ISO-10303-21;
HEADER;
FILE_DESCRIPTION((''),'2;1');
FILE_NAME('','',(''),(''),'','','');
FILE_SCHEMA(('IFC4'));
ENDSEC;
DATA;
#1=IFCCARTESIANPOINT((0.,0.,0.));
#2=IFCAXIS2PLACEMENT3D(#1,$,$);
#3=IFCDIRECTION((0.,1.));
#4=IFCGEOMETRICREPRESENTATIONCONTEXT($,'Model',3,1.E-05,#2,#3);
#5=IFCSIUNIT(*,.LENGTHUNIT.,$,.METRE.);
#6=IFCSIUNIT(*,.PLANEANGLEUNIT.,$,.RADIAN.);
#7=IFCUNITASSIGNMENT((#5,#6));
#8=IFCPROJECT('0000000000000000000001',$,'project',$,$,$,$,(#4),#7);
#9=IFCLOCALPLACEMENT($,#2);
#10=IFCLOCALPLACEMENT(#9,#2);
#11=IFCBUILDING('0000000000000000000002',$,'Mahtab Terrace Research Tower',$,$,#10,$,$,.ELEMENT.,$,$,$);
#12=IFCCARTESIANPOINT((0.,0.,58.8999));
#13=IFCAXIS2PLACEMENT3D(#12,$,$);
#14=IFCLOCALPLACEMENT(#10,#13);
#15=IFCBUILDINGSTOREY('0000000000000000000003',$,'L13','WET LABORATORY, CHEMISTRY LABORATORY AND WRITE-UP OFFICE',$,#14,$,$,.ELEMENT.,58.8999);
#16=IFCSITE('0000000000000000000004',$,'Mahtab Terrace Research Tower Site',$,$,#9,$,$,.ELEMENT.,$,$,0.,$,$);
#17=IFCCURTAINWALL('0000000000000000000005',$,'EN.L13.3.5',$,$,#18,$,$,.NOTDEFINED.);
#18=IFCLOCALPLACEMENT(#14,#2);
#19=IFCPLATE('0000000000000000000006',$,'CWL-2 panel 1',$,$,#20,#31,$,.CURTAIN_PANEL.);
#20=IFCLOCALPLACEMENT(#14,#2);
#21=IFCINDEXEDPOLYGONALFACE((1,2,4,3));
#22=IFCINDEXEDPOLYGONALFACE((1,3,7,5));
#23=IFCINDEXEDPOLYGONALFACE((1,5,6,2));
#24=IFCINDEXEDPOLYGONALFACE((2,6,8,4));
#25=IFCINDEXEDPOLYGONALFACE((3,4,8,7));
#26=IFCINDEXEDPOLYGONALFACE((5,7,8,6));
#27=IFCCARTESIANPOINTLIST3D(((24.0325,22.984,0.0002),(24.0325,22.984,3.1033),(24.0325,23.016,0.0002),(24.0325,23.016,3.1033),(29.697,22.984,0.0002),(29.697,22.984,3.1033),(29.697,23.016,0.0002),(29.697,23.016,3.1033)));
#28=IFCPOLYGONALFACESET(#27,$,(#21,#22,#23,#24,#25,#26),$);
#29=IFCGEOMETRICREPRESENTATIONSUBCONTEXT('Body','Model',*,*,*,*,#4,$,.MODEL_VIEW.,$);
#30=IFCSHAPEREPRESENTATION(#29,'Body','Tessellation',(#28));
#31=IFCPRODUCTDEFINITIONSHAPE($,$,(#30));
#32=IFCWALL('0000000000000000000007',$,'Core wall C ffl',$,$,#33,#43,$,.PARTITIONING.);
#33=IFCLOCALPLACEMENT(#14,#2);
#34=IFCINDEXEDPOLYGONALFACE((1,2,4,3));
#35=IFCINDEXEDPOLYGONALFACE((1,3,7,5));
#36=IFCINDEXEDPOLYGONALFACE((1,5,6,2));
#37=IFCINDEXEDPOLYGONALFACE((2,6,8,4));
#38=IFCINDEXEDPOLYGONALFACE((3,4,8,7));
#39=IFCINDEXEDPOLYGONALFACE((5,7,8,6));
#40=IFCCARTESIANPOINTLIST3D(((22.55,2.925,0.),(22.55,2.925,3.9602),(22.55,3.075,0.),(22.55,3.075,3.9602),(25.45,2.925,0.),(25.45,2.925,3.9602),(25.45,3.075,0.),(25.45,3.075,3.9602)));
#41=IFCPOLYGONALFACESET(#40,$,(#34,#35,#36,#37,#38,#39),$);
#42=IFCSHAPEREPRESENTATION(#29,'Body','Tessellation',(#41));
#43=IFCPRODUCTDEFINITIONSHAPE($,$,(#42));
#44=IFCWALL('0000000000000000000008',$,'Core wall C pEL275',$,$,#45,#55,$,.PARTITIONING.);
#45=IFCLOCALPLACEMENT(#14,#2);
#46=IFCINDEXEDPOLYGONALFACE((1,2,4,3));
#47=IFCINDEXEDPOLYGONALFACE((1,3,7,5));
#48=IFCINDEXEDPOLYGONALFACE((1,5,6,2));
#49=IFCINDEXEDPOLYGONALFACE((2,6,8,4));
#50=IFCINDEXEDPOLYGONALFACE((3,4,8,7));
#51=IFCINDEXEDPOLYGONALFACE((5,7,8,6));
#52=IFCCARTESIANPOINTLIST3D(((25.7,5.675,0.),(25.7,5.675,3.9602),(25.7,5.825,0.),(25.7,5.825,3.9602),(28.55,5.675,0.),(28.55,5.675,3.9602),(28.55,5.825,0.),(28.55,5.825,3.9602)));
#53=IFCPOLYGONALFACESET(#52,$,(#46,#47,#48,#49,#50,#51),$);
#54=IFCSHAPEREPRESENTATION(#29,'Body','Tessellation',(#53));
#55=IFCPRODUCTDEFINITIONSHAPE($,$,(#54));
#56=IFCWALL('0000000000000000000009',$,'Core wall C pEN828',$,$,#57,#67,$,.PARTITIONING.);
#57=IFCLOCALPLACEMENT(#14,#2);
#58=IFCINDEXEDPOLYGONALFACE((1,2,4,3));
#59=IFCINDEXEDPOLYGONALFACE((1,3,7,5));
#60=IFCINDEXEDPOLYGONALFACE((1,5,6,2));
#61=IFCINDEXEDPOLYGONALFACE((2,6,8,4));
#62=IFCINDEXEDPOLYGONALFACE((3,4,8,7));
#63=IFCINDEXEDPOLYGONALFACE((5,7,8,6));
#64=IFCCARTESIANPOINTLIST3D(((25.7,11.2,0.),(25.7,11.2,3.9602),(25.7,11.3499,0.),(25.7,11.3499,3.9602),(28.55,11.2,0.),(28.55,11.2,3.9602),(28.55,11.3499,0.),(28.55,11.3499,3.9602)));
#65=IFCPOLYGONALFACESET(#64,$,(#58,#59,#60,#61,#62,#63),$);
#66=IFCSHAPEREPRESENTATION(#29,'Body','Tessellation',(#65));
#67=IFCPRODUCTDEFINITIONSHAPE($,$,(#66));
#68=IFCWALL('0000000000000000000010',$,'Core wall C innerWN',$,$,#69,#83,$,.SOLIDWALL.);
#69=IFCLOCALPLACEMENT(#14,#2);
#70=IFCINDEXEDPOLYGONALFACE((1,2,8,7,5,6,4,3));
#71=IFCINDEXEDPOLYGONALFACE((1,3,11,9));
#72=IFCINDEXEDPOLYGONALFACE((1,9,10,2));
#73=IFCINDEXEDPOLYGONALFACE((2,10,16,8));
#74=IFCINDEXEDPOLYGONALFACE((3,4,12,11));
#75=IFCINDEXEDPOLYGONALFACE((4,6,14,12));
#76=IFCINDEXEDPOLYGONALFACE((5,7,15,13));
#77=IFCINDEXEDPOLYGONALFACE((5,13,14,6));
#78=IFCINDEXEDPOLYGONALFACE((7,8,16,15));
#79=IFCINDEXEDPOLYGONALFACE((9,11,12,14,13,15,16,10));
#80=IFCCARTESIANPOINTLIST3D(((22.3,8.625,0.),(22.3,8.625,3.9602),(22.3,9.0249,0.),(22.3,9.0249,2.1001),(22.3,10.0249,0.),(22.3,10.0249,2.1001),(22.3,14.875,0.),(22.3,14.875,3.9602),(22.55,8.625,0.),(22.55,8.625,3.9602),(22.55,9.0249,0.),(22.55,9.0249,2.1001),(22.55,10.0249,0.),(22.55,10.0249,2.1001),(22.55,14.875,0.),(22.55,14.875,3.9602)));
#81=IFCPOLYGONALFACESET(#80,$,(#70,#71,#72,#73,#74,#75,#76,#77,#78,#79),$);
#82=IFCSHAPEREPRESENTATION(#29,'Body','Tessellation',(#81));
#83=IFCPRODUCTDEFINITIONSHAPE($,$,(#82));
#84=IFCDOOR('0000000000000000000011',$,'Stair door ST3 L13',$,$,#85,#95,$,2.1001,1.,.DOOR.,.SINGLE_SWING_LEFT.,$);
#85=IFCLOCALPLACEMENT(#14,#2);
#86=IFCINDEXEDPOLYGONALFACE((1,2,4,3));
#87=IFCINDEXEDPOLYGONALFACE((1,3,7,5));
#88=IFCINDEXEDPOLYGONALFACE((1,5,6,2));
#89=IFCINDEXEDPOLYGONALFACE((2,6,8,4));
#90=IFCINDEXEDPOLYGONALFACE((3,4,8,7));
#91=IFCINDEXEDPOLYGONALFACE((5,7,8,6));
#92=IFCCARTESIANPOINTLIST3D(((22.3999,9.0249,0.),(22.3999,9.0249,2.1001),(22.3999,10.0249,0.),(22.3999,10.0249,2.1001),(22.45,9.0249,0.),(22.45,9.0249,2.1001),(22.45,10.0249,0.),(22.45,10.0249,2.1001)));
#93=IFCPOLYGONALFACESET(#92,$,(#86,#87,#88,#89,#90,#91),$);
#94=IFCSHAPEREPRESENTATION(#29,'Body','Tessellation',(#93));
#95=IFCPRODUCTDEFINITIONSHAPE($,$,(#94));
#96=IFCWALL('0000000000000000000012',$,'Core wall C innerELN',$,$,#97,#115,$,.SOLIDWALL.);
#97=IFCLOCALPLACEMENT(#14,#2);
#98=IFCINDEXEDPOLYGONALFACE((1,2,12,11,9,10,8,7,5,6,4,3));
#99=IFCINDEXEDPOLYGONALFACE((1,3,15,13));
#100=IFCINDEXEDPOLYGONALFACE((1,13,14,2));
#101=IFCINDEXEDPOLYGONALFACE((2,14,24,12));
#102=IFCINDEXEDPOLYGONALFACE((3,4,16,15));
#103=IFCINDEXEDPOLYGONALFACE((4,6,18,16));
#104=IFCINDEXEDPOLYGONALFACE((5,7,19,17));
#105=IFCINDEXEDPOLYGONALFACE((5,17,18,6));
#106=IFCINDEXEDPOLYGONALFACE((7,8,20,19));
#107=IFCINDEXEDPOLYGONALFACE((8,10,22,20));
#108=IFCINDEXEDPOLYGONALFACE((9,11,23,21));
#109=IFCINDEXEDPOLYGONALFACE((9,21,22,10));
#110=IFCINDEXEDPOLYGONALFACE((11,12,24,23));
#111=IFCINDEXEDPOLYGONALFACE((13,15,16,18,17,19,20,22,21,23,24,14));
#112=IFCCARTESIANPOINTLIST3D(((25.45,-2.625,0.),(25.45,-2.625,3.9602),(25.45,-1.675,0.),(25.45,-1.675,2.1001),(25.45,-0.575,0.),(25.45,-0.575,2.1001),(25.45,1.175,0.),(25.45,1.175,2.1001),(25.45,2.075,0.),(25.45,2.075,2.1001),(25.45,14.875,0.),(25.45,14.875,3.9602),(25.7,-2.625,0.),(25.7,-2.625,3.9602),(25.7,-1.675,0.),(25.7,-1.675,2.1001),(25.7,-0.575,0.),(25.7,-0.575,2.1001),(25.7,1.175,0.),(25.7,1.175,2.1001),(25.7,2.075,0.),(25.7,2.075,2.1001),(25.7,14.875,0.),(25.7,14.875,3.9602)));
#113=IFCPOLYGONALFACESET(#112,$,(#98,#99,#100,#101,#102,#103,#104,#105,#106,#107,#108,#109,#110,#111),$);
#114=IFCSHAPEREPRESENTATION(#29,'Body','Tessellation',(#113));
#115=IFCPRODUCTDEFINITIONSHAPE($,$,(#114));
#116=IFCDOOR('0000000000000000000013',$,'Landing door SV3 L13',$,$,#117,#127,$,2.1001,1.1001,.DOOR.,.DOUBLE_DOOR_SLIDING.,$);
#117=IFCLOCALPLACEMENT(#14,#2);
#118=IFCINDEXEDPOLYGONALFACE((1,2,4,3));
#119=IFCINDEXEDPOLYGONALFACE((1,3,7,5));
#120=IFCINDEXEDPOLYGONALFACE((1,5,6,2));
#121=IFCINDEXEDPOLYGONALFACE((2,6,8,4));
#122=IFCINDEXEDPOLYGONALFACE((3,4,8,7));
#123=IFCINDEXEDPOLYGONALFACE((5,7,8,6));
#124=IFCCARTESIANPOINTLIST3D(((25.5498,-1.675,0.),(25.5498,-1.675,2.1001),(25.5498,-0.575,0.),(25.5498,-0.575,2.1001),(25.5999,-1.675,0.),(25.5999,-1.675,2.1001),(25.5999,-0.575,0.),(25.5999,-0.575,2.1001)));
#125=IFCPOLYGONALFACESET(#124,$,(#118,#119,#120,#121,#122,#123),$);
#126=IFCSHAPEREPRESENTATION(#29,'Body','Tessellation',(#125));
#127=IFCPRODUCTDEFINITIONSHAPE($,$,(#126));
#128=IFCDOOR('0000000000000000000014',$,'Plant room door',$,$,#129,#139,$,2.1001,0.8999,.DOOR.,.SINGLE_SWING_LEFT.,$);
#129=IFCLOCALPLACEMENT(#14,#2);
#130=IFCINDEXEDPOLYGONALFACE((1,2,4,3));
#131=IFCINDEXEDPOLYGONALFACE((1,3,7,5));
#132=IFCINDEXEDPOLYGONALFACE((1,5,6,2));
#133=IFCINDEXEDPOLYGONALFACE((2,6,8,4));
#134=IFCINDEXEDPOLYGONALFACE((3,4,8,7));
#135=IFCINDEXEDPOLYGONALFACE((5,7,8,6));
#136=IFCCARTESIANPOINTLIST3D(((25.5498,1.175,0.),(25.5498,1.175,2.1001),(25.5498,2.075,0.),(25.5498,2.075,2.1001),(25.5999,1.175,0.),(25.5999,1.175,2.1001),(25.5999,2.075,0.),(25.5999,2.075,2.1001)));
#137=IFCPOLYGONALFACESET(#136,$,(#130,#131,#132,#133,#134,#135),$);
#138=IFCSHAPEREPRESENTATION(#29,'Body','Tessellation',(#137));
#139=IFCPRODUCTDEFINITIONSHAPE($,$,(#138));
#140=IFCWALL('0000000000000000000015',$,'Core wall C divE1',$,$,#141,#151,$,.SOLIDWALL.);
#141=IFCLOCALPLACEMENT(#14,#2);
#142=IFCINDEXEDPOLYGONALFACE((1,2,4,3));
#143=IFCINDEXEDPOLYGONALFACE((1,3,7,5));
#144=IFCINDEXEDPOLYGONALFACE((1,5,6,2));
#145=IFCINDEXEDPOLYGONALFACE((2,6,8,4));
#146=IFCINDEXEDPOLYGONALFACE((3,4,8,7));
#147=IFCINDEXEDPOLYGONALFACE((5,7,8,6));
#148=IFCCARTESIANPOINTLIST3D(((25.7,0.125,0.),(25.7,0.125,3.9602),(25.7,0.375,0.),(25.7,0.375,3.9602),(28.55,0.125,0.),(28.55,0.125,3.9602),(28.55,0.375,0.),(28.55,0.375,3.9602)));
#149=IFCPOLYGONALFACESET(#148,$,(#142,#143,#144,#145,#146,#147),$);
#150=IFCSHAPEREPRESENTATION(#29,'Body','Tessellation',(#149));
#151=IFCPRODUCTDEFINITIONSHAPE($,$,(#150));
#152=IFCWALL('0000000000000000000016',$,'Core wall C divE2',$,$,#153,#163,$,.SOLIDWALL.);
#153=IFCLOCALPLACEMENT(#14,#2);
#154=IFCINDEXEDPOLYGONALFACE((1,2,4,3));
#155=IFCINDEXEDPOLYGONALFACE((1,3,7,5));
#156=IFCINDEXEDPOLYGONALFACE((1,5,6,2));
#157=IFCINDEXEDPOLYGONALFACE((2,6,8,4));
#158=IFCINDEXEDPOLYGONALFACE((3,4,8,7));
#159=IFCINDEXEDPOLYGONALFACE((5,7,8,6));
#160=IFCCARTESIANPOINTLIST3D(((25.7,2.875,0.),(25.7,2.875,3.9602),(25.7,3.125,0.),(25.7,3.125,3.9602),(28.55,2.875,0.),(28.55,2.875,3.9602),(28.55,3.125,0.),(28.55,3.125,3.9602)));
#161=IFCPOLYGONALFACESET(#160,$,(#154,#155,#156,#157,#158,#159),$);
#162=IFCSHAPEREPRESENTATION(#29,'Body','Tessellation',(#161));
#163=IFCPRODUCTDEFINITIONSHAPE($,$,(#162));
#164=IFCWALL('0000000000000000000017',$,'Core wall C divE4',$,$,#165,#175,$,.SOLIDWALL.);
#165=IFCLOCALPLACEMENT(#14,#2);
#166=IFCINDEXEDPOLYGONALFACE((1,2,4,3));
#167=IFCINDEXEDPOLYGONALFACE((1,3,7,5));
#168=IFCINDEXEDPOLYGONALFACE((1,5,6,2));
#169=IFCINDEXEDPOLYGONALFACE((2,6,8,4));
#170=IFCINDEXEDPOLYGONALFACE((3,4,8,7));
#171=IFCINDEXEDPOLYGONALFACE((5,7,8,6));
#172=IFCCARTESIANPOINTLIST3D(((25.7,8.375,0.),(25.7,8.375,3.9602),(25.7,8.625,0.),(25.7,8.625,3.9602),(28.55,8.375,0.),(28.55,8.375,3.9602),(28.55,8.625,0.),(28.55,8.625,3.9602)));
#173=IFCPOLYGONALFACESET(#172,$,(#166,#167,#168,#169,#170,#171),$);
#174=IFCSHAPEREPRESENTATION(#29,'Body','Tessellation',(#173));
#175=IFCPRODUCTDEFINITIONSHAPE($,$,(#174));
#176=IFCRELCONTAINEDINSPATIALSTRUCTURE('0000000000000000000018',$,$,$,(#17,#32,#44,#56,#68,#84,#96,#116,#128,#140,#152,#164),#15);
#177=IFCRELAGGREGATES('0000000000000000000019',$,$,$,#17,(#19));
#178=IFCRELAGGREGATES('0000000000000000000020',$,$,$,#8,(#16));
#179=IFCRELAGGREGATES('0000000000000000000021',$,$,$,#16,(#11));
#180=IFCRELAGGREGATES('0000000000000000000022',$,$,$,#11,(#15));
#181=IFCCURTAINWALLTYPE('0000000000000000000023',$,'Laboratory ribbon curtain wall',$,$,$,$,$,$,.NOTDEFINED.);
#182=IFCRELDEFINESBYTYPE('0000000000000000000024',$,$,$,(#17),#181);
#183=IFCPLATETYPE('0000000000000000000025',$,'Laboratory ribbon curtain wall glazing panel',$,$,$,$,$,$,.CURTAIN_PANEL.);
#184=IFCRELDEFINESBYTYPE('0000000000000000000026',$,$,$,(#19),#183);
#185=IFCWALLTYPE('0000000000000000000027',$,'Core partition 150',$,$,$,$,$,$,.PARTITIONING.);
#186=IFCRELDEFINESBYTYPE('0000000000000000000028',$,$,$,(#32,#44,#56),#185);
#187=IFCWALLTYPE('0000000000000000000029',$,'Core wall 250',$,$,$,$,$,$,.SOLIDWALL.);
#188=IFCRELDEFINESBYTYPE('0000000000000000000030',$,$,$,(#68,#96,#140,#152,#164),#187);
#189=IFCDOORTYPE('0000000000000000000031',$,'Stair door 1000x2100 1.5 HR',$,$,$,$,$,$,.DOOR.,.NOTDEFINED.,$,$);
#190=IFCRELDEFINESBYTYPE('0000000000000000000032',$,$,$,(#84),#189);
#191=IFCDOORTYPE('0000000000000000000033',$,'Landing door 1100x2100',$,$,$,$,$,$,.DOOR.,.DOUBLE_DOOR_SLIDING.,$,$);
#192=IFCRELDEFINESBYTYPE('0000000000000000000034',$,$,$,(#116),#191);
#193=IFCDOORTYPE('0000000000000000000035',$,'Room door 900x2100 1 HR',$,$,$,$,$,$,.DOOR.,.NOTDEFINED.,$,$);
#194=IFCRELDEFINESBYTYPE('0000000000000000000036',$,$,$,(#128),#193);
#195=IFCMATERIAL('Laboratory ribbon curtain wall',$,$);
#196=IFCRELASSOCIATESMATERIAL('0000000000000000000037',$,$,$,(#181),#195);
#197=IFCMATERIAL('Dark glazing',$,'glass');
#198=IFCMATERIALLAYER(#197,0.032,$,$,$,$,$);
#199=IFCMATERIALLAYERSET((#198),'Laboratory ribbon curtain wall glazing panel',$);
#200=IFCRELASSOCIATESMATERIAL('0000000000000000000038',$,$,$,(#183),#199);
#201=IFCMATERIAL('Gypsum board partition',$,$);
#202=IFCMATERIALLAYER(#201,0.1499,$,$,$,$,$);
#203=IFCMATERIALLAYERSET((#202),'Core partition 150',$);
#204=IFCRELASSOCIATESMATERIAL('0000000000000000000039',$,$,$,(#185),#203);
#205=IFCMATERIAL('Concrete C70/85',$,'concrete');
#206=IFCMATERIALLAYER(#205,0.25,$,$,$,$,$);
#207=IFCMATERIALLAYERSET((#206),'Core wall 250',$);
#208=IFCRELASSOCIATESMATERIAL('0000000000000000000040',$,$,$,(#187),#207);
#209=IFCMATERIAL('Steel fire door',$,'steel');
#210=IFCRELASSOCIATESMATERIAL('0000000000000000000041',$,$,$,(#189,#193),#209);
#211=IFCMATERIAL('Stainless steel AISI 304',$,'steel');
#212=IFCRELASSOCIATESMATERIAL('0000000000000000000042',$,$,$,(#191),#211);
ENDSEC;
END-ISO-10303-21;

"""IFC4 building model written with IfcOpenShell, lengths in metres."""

from ifc_helpers import new_model, si_unit, direction, frame, frame_2d, origin, origin_2d, place, context, subcontext, project, spatial, rectangle, extrude, material, layer, layer_set, type_object, element, fill, aggregate, save


model = new_model("IFC4")

# Units and contexts
model_context = context("Model", 3, precision=1e-05, world=origin(), true_north=direction((0.0, 1.0)))
body_context = subcontext(model_context, "Body", "Model", "MODEL_VIEW")
ifc_project = project(units=[si_unit("LENGTHUNIT", "METRE"), si_unit("PLANEANGLEUNIT", "RADIAN")], contexts=[model_context])

# Site, building, storey
site_placement = place(None, origin())
site = spatial("IfcSite", under=ifc_project, at=site_placement, Name="Mahtab Terrace Research Tower Site", CompositionType="ELEMENT", RefElevation=0.0)
building_placement = place(site_placement, origin())
building = spatial("IfcBuilding", under=site, at=building_placement, Name="Mahtab Terrace Research Tower", CompositionType="ELEMENT")
storey_placement = place(building_placement, frame((0.0, 0.0, 58.8999)))
storey = spatial("IfcBuildingStorey", under=building, at=storey_placement, Name="L13", Description="WET LABORATORY, CHEMISTRY LABORATORY AND WRITE-UP OFFICE", CompositionType="ELEMENT", Elevation=58.8999)

# Shared definitions
ifc_material_1 = material(Name="Concrete C70/85", Category="concrete")

# Curtain wall
ifc_material_2 = material(Name="Laboratory ribbon curtain wall")
curtain_wall_type = type_object("IfcCurtainWallType", Name="Laboratory ribbon curtain wall", PredefinedType="NOTDEFINED", material=ifc_material_2)
curtain_wall_placement = place(storey_placement, origin())
curtain_wall = element("IfcCurtainWall", 1, at=curtain_wall_placement, inside=storey, type_object=curtain_wall_type, Name="EN.L13.3.5", PredefinedType="NOTDEFINED")

# Plate
ifc_material_3 = material(Name="Dark glazing", Category="glass")
ifc_layer_1 = layer(ifc_material_3, 0.032)
ifc_layer_set_1 = layer_set([ifc_layer_1], Name="Laboratory ribbon curtain wall glazing panel")
plate_type = type_object("IfcPlateType", Name="Laboratory ribbon curtain wall glazing panel", PredefinedType="CURTAIN_PANEL", material=ifc_layer_set_1)
plate_placement = place(storey_placement, frame((26.8647, 23.0, 0.0002), z_axis=(0.0, 0.0, 1.0), x_axis=(-1.0, 0.0, 0.0)))
plate = element("IfcPlate", 2, at=plate_placement, type_object=plate_type, Name="CWL-2 panel 1", PredefinedType="CURTAIN_PANEL", context=body_context, shape_type="SweptSolid", body=[
    extrude(rectangle(XDim=5.6646, YDim=0.032, at=origin_2d()), origin(), (0.0, 0.0, 1.0), 3.103),
])
aggregate(curtain_wall, [plate])

# Walls
ifc_material_4 = material(Name="Gypsum board partition")
ifc_layer_2 = layer(ifc_material_4, 0.1499)
ifc_layer_set_2 = layer_set([ifc_layer_2], Name="Core partition 150")
wall_type_1 = type_object("IfcWallType", Name="Core partition 150", PredefinedType="PARTITIONING", material=ifc_layer_set_2)
wall_1_placement = place(storey_placement, frame((22.55, 3.0, 0.0), z_axis=(0.0, 0.0, 1.0), x_axis=(1.0, 0.0, 0.0)))
element("IfcWall", 3, at=wall_1_placement, inside=storey, type_object=wall_type_1, Name="Core wall C ffl", PredefinedType="PARTITIONING", context=body_context, shape_type="SweptSolid", body=[
    extrude(rectangle(XDim=2.8999, YDim=0.1499, at=frame_2d((1.45, 0.0))), origin(), (0.0, 0.0, 1.0), 3.9602),
])
for number, where, z_axis, x_axis, name in (
    (4, (25.7, 5.75, 0.0), (0.0, 0.0, 1.0), (1.0, 0.0, 0.0), "Core wall C pEL275"),
    (5, (25.7, 11.2749, 0.0), (0.0, 0.0, 1.0), (1.0, 0.0, 0.0), "Core wall C pEN828"),
):
    element("IfcWall", number, at=place(storey_placement, frame(where, z_axis=z_axis, x_axis=x_axis)), inside=storey, type_object=wall_type_1, Name=name, PredefinedType="PARTITIONING", context=body_context, shape_type="SweptSolid", body=[
        extrude(rectangle(XDim=2.8501, YDim=0.1499, at=frame_2d((1.425, 0.0))), origin(), (0.0, 0.0, 1.0), 3.9602),
    ])

# Wall, opening, door
ifc_layer_3 = layer(ifc_material_1, 0.25)
ifc_layer_set_3 = layer_set([ifc_layer_3], Name="Core wall 250")
wall_type_2 = type_object("IfcWallType", Name="Core wall 250", PredefinedType="SOLIDWALL", material=ifc_layer_set_3)
wall_2_placement = place(storey_placement, frame((22.425, 14.875, 0.0), z_axis=(0.0, 0.0, 1.0), x_axis=(0.0, -1.0, 0.0)))
wall_2 = element("IfcWall", 6, at=wall_2_placement, inside=storey, type_object=wall_type_2, Name="Core wall C innerWN", PredefinedType="SOLIDWALL", context=body_context, shape_type="SweptSolid", body=[
    extrude(rectangle(XDim=6.25, YDim=0.25, at=frame_2d((3.125, 0.0))), origin(), (0.0, 0.0, 1.0), 3.9602),
])
opening_1_placement = place(wall_2_placement, frame((4.8501, 0.0, 0.0)))
opening_1 = element("IfcOpeningElement", 7, at=opening_1_placement, cuts=wall_2, PredefinedType="OPENING", context=body_context, shape_type="SweptSolid", body=[
    extrude(rectangle(XDim=1.0, YDim=2.1001, at=frame_2d((0.5, 1.05))), frame((0.0, 0.135, 0.0), z_axis=(0.0, -1.0, 0.0), x_axis=(1.0, 0.0, 0.0)), (0.0, 0.0, 1.0), 0.27),
])
ifc_material_5 = material(Name="Steel fire door", Category="steel")
door_type_1 = type_object("IfcDoorType", Name="Stair door 1000x2100 1.5 HR", OperationType="NOTDEFINED", PredefinedType="DOOR", material=ifc_material_5)
door_1_placement = place(opening_1_placement, origin())
door_1 = element("IfcDoor", 8, at=door_1_placement, inside=storey, type_object=door_type_1, Name="Stair door ST3 L13", OperationType="SINGLE_SWING_LEFT", OverallHeight=2.1001, OverallWidth=1.0, PredefinedType="DOOR", context=body_context, shape_type="SweptSolid", body=[
    extrude(rectangle(XDim=1.0, YDim=2.1001, at=frame_2d((0.5, 1.05))), frame((0.0, 0.0249, 0.0), z_axis=(0.0, -1.0, 0.0), x_axis=(1.0, 0.0, 0.0)), (0.0, 0.0, 1.0), 0.05),
])
fill(opening_1, door_1)

# Wall, openings, doors
wall_3_placement = place(storey_placement, frame((25.575, 14.875, 0.0), z_axis=(0.0, 0.0, 1.0), x_axis=(0.0, -1.0, 0.0)))
wall_3 = element("IfcWall", 9, at=wall_3_placement, inside=storey, type_object=wall_type_2, Name="Core wall C innerELN", PredefinedType="SOLIDWALL", context=body_context, shape_type="SweptSolid", body=[
    extrude(rectangle(XDim=17.5, YDim=0.25, at=frame_2d((8.75, 0.0))), origin(), (0.0, 0.0, 1.0), 3.9602),
])
opening_2_placement = place(wall_3_placement, frame((15.45, 0.0, 0.0)))
opening_2 = element("IfcOpeningElement", 10, at=opening_2_placement, cuts=wall_3, PredefinedType="OPENING", context=body_context, shape_type="SweptSolid", body=[
    extrude(rectangle(XDim=1.1001, YDim=2.1001, at=frame_2d((0.55, 1.05))), frame((0.0, 0.135, 0.0), z_axis=(0.0, -1.0, 0.0), x_axis=(1.0, 0.0, 0.0)), (0.0, 0.0, 1.0), 0.27),
])
opening_3_placement = place(wall_3_placement, frame((12.8, 0.0, 0.0)))
opening_3 = element("IfcOpeningElement", 11, at=opening_3_placement, cuts=wall_3, PredefinedType="OPENING", context=body_context, shape_type="SweptSolid", body=[
    extrude(rectangle(XDim=0.8999, YDim=2.1001, at=frame_2d((0.45, 1.05))), frame((0.0, 0.135, 0.0), z_axis=(0.0, -1.0, 0.0), x_axis=(1.0, 0.0, 0.0)), (0.0, 0.0, 1.0), 0.27),
])
ifc_material_6 = material(Name="Stainless steel AISI 304", Category="steel")
door_type_2 = type_object("IfcDoorType", Name="Landing door 1100x2100", OperationType="DOUBLE_DOOR_SLIDING", PredefinedType="DOOR", material=ifc_material_6)
door_2_placement = place(opening_2_placement, origin())
door_2 = element("IfcDoor", 12, at=door_2_placement, inside=storey, type_object=door_type_2, Name="Landing door SV3 L13", OperationType="DOUBLE_DOOR_SLIDING", OverallHeight=2.1001, OverallWidth=1.1001, PredefinedType="DOOR", context=body_context, shape_type="SweptSolid", body=[
    extrude(rectangle(XDim=1.1001, YDim=2.1001, at=frame_2d((0.55, 1.05))), frame((0.0, 0.0249, 0.0), z_axis=(0.0, -1.0, 0.0), x_axis=(1.0, 0.0, 0.0)), (0.0, 0.0, 1.0), 0.05),
])
fill(opening_2, door_2)
door_type_3 = type_object("IfcDoorType", Name="Room door 900x2100 1 HR", OperationType="NOTDEFINED", PredefinedType="DOOR", material=ifc_material_5)
door_3_placement = place(opening_3_placement, origin())
door_3 = element("IfcDoor", 13, at=door_3_placement, inside=storey, type_object=door_type_3, Name="Plant room door", OperationType="SINGLE_SWING_LEFT", OverallHeight=2.1001, OverallWidth=0.8999, PredefinedType="DOOR", context=body_context, shape_type="SweptSolid", body=[
    extrude(rectangle(XDim=0.8999, YDim=2.1001, at=frame_2d((0.45, 1.05))), frame((0.0, 0.0249, 0.0), z_axis=(0.0, -1.0, 0.0), x_axis=(1.0, 0.0, 0.0)), (0.0, 0.0, 1.0), 0.05),
])
fill(opening_3, door_3)

# Walls
for number, where, z_axis, x_axis, name in (
    (14, (25.7, 0.25, 0.0), (0.0, 0.0, 1.0), (1.0, 0.0, 0.0), "Core wall C divE1"),
    (15, (25.7, 3.0, 0.0), (0.0, 0.0, 1.0), (1.0, 0.0, 0.0), "Core wall C divE2"),
    (16, (25.7, 8.5, 0.0), (0.0, 0.0, 1.0), (1.0, 0.0, 0.0), "Core wall C divE4"),
):
    element("IfcWall", number, at=place(storey_placement, frame(where, z_axis=z_axis, x_axis=x_axis)), inside=storey, type_object=wall_type_2, Name=name, PredefinedType="SOLIDWALL", context=body_context, shape_type="SweptSolid", body=[
        extrude(rectangle(XDim=2.8501, YDim=0.25, at=frame_2d((1.425, 0.0))), origin(), (0.0, 0.0, 1.0), 3.9602),
    ])

save(model, "model.ifc")
